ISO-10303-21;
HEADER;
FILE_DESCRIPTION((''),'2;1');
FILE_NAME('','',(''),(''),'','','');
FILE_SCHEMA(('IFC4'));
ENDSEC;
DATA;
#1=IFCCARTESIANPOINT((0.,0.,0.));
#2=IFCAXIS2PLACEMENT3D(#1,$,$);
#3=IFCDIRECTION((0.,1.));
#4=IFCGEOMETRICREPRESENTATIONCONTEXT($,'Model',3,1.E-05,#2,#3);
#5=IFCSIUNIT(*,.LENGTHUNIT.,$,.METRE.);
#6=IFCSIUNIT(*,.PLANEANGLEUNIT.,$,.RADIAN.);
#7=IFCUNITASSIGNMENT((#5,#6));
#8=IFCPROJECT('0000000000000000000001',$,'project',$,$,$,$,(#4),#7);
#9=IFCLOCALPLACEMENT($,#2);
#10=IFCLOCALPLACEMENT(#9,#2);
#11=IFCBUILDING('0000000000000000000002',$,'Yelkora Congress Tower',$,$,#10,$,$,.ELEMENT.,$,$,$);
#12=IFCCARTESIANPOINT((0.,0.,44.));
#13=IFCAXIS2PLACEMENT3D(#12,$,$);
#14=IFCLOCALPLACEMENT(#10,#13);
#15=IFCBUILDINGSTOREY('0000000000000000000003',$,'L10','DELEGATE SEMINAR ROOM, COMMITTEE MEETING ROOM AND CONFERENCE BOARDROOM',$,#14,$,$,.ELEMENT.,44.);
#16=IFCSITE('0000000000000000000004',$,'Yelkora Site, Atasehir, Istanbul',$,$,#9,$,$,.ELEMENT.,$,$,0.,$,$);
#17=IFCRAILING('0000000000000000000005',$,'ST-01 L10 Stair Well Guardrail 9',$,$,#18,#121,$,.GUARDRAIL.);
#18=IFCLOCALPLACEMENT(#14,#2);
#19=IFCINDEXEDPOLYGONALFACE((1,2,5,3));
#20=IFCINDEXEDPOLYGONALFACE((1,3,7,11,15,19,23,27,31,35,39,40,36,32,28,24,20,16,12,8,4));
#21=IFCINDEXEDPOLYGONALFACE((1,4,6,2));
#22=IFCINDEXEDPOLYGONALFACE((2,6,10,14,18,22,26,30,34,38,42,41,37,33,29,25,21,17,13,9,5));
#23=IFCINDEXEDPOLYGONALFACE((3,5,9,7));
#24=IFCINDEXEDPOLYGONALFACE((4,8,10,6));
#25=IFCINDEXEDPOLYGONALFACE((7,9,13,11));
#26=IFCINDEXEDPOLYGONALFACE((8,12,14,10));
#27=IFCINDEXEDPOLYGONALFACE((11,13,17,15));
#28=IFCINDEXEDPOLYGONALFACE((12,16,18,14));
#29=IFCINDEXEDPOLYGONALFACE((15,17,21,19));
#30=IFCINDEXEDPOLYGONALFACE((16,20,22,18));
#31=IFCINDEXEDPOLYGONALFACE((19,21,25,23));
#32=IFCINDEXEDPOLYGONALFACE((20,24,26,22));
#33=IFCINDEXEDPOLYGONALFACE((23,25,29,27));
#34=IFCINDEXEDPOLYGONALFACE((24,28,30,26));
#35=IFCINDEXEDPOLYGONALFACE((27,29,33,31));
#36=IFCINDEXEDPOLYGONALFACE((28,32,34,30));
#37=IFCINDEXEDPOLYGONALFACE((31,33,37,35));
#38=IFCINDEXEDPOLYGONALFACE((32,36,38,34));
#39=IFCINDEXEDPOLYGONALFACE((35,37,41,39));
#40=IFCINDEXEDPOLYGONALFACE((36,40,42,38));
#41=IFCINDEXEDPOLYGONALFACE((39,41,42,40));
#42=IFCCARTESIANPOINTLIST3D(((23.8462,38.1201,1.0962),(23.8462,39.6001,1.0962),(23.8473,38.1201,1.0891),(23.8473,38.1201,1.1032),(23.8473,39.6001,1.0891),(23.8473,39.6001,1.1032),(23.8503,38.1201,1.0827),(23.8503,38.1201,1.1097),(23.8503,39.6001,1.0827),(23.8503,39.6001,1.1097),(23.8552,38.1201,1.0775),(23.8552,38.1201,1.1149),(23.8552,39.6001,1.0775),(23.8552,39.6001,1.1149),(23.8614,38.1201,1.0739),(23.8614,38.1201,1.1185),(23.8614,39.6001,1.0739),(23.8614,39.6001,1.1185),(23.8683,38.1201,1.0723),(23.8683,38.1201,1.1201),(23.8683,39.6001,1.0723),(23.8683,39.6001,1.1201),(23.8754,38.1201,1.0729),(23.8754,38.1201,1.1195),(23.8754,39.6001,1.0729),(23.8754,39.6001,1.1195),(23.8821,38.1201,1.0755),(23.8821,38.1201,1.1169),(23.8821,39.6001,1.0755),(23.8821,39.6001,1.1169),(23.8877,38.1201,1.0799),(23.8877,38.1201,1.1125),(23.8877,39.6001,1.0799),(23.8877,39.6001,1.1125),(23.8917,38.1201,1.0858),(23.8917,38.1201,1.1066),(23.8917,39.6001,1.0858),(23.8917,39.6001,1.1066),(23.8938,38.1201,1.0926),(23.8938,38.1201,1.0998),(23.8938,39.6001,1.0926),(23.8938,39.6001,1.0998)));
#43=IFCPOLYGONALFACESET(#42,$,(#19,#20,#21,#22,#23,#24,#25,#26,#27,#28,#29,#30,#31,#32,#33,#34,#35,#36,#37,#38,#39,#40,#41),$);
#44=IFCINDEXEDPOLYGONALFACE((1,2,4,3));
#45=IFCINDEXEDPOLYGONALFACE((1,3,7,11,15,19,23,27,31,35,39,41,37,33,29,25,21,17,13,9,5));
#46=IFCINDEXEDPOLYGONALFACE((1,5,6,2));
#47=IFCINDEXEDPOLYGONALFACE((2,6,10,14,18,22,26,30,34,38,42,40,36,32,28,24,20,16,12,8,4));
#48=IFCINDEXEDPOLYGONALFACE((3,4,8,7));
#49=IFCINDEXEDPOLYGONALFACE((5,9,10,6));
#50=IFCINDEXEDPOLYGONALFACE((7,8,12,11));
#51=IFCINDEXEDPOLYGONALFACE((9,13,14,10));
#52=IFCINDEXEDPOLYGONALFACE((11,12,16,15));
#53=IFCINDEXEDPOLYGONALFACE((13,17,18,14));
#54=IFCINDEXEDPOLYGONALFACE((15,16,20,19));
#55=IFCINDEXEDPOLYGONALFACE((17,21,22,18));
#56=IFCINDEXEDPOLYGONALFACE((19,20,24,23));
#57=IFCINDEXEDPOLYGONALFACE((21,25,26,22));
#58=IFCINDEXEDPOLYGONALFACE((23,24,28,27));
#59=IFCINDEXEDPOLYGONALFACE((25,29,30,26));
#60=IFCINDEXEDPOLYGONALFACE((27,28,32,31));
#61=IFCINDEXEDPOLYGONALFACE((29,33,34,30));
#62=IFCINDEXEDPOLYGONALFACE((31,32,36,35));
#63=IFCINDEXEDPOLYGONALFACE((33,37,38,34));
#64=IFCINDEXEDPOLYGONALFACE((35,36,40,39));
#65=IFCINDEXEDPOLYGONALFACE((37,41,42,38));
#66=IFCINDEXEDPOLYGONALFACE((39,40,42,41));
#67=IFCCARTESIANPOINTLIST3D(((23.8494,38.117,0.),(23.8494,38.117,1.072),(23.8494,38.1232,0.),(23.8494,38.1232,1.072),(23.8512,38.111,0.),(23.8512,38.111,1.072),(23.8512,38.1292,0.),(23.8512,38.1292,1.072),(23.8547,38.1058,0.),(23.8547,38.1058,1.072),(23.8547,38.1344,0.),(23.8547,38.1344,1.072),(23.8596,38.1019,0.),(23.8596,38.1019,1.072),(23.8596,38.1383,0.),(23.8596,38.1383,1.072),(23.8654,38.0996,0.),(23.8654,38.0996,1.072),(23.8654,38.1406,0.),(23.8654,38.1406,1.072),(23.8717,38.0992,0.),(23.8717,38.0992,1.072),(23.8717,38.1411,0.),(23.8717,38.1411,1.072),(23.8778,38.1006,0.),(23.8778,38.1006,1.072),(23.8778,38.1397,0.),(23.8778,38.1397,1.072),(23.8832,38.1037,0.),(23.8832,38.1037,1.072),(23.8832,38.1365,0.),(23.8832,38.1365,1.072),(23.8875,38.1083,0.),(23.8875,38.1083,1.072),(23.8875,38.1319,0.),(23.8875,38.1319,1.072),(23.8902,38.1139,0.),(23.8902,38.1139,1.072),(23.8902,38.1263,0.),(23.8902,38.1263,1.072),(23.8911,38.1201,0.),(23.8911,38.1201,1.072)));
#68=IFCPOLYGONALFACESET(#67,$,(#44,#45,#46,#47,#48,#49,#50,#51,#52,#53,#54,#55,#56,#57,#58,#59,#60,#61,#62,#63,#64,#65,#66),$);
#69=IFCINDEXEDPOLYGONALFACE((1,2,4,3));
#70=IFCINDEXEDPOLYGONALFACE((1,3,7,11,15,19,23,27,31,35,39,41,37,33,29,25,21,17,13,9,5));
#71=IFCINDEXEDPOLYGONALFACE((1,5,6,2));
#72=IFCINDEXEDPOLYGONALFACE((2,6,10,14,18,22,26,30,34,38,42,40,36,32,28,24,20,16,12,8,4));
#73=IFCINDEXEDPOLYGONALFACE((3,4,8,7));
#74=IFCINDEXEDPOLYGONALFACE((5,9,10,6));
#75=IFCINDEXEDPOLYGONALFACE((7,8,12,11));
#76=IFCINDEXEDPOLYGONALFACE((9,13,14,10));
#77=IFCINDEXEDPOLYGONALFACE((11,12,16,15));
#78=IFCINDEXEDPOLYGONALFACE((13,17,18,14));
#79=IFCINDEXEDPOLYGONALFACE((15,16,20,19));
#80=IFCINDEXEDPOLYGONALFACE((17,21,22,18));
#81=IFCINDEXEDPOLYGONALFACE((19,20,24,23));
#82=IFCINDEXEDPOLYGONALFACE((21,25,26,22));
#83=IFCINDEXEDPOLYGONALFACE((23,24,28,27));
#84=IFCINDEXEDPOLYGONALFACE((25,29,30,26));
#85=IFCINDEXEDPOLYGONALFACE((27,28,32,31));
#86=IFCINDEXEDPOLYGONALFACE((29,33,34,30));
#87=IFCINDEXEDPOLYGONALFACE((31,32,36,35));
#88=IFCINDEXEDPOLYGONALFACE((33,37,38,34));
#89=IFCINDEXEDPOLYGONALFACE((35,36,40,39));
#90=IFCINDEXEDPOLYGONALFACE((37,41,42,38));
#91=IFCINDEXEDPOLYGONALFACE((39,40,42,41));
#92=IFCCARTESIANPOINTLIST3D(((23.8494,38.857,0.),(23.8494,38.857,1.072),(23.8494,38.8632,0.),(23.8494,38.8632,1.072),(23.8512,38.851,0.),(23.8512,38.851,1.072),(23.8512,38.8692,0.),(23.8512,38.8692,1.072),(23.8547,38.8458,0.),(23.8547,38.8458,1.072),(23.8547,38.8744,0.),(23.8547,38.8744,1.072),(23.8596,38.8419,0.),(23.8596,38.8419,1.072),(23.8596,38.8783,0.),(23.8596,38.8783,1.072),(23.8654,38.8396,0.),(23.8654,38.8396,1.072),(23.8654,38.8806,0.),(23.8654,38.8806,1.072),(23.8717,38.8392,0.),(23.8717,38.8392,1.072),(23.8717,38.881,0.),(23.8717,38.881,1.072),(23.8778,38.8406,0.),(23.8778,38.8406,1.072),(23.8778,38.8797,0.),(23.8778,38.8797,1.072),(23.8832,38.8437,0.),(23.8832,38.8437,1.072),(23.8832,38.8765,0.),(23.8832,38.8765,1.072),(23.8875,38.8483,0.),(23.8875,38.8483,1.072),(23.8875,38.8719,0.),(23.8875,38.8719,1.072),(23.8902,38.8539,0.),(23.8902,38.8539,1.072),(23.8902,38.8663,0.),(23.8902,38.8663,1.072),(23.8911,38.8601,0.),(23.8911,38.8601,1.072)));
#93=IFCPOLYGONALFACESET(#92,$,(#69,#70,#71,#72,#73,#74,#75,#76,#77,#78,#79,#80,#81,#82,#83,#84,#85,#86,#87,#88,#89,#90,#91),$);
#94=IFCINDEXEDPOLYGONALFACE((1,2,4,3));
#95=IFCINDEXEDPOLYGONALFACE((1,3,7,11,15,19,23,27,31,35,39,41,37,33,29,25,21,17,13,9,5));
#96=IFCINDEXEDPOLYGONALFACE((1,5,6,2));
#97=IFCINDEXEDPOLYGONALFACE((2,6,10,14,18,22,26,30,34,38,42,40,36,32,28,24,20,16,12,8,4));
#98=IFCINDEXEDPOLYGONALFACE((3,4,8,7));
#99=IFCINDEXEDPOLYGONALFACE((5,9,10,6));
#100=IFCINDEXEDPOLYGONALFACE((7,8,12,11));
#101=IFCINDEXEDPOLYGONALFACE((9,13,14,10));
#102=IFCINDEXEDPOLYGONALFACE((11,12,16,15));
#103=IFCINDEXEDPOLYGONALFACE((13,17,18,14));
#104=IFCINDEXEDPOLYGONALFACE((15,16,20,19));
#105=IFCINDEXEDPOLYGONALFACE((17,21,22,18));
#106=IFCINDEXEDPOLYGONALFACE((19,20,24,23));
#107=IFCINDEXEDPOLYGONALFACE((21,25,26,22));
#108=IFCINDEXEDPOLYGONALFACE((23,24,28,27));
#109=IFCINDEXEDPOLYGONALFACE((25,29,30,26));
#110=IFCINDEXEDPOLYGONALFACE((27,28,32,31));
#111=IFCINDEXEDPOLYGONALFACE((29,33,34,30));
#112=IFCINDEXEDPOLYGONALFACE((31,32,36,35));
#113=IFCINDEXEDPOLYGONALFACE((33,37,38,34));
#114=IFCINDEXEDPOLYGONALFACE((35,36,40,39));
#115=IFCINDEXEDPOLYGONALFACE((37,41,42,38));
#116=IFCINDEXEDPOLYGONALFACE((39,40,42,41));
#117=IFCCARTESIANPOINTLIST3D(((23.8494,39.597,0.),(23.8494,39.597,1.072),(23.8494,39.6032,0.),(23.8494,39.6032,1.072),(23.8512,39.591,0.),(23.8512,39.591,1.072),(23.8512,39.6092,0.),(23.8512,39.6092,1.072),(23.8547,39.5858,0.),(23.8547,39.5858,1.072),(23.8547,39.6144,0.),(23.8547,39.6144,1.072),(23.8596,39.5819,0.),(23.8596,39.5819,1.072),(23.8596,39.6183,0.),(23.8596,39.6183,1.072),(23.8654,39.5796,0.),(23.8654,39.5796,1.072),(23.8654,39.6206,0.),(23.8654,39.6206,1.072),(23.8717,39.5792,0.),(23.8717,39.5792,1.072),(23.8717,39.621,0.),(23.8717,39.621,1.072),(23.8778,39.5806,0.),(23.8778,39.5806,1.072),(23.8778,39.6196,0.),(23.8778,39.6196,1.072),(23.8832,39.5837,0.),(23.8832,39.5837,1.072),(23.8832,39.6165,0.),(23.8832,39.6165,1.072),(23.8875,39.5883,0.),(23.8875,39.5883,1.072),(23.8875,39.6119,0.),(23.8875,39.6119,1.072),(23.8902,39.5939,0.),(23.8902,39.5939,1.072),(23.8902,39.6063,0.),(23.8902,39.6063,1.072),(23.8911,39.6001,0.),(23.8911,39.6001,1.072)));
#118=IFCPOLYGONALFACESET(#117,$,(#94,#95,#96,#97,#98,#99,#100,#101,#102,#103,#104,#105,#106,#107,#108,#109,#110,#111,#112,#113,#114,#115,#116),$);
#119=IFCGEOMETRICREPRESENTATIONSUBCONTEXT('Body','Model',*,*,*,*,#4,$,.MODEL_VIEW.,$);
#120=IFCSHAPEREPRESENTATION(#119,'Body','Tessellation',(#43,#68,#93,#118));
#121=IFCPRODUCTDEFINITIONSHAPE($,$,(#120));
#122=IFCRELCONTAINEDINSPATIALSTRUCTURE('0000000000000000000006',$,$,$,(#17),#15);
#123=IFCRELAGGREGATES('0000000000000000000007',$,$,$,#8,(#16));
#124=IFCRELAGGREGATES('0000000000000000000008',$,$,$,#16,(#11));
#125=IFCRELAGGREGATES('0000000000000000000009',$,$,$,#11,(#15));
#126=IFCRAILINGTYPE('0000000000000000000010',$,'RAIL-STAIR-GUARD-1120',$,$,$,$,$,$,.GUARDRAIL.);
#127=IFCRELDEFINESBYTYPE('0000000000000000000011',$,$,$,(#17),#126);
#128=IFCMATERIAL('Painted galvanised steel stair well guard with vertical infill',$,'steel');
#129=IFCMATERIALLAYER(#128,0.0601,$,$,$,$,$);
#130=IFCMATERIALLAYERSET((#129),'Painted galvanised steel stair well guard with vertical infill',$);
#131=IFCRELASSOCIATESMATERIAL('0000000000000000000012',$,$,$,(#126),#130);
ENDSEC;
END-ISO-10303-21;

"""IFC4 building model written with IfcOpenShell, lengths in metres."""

from ifc_helpers import new_model, si_unit, direction, frame, origin, origin_2d, place, context, subcontext, project, spatial, circle, extrude, material, layer, layer_set, type_object, element, save


model = new_model("IFC4")

# Units and contexts
model_context = context("Model", 3, precision=1e-05, world=origin(), true_north=direction((0.0, 1.0)))
body_context = subcontext(model_context, "Body", "Model", "MODEL_VIEW")
ifc_project = project(units=[si_unit("LENGTHUNIT", "METRE"), si_unit("PLANEANGLEUNIT", "RADIAN")], contexts=[model_context])

# Site, building, storey
site_placement = place(None, origin())
site = spatial("IfcSite", under=ifc_project, at=site_placement, Name="Yelkora Site, Atasehir, Istanbul", CompositionType="ELEMENT", RefElevation=0.0)
building_placement = place(site_placement, origin())
building = spatial("IfcBuilding", under=site, at=building_placement, Name="Yelkora Congress Tower", CompositionType="ELEMENT")
storey_placement = place(building_placement, frame((0.0, 0.0, 44.0)))
storey = spatial("IfcBuildingStorey", under=building, at=storey_placement, Name="L10", Description="DELEGATE SEMINAR ROOM, COMMITTEE MEETING ROOM AND CONFERENCE BOARDROOM", CompositionType="ELEMENT", Elevation=44.0)

# Railing
ifc_material_1 = material(Name="Painted galvanised steel stair well guard with vertical infill", Category="steel")
ifc_layer_1 = layer(ifc_material_1, 0.0601)
ifc_layer_set_1 = layer_set([ifc_layer_1], Name="Painted galvanised steel stair well guard with vertical infill")
railing_type_1 = type_object("IfcRailingType", Name="RAIL-STAIR-GUARD-1120", PredefinedType="GUARDRAIL", material=ifc_layer_set_1)
for number, where, name in (
    (1, (23.8701, 38.1201, 0.0), "ST-01 L10 Stair Well Guardrail 9"),
):
    element("IfcRailing", number, at=place(storey_placement, frame(where)), inside=storey, type_object=railing_type_1, Name=name, PredefinedType="GUARDRAIL", context=body_context, shape_type="SweptSolid", body=[
        extrude(circle(Radius=0.0239, at=origin_2d()), frame((0.0, 0.0, 1.0962), z_axis=(0.0, 1.0, 0.0), x_axis=(-1.0, 0.0, 0.0)), (0.0, 0.0, 1.0), 1.48),
        extrude(circle(Radius=0.021, at=origin_2d()), origin(), (0.0, 0.0, 1.0), 1.072),
        extrude(circle(Radius=0.021, at=origin_2d()), frame((0.0, 0.74, 0.0)), (0.0, 0.0, 1.0), 1.072),
        extrude(circle(Radius=0.021, at=origin_2d()), frame((0.0, 1.48, 0.0)), (0.0, 0.0, 1.0), 1.072),
    ])

save(model, "model.ifc")
